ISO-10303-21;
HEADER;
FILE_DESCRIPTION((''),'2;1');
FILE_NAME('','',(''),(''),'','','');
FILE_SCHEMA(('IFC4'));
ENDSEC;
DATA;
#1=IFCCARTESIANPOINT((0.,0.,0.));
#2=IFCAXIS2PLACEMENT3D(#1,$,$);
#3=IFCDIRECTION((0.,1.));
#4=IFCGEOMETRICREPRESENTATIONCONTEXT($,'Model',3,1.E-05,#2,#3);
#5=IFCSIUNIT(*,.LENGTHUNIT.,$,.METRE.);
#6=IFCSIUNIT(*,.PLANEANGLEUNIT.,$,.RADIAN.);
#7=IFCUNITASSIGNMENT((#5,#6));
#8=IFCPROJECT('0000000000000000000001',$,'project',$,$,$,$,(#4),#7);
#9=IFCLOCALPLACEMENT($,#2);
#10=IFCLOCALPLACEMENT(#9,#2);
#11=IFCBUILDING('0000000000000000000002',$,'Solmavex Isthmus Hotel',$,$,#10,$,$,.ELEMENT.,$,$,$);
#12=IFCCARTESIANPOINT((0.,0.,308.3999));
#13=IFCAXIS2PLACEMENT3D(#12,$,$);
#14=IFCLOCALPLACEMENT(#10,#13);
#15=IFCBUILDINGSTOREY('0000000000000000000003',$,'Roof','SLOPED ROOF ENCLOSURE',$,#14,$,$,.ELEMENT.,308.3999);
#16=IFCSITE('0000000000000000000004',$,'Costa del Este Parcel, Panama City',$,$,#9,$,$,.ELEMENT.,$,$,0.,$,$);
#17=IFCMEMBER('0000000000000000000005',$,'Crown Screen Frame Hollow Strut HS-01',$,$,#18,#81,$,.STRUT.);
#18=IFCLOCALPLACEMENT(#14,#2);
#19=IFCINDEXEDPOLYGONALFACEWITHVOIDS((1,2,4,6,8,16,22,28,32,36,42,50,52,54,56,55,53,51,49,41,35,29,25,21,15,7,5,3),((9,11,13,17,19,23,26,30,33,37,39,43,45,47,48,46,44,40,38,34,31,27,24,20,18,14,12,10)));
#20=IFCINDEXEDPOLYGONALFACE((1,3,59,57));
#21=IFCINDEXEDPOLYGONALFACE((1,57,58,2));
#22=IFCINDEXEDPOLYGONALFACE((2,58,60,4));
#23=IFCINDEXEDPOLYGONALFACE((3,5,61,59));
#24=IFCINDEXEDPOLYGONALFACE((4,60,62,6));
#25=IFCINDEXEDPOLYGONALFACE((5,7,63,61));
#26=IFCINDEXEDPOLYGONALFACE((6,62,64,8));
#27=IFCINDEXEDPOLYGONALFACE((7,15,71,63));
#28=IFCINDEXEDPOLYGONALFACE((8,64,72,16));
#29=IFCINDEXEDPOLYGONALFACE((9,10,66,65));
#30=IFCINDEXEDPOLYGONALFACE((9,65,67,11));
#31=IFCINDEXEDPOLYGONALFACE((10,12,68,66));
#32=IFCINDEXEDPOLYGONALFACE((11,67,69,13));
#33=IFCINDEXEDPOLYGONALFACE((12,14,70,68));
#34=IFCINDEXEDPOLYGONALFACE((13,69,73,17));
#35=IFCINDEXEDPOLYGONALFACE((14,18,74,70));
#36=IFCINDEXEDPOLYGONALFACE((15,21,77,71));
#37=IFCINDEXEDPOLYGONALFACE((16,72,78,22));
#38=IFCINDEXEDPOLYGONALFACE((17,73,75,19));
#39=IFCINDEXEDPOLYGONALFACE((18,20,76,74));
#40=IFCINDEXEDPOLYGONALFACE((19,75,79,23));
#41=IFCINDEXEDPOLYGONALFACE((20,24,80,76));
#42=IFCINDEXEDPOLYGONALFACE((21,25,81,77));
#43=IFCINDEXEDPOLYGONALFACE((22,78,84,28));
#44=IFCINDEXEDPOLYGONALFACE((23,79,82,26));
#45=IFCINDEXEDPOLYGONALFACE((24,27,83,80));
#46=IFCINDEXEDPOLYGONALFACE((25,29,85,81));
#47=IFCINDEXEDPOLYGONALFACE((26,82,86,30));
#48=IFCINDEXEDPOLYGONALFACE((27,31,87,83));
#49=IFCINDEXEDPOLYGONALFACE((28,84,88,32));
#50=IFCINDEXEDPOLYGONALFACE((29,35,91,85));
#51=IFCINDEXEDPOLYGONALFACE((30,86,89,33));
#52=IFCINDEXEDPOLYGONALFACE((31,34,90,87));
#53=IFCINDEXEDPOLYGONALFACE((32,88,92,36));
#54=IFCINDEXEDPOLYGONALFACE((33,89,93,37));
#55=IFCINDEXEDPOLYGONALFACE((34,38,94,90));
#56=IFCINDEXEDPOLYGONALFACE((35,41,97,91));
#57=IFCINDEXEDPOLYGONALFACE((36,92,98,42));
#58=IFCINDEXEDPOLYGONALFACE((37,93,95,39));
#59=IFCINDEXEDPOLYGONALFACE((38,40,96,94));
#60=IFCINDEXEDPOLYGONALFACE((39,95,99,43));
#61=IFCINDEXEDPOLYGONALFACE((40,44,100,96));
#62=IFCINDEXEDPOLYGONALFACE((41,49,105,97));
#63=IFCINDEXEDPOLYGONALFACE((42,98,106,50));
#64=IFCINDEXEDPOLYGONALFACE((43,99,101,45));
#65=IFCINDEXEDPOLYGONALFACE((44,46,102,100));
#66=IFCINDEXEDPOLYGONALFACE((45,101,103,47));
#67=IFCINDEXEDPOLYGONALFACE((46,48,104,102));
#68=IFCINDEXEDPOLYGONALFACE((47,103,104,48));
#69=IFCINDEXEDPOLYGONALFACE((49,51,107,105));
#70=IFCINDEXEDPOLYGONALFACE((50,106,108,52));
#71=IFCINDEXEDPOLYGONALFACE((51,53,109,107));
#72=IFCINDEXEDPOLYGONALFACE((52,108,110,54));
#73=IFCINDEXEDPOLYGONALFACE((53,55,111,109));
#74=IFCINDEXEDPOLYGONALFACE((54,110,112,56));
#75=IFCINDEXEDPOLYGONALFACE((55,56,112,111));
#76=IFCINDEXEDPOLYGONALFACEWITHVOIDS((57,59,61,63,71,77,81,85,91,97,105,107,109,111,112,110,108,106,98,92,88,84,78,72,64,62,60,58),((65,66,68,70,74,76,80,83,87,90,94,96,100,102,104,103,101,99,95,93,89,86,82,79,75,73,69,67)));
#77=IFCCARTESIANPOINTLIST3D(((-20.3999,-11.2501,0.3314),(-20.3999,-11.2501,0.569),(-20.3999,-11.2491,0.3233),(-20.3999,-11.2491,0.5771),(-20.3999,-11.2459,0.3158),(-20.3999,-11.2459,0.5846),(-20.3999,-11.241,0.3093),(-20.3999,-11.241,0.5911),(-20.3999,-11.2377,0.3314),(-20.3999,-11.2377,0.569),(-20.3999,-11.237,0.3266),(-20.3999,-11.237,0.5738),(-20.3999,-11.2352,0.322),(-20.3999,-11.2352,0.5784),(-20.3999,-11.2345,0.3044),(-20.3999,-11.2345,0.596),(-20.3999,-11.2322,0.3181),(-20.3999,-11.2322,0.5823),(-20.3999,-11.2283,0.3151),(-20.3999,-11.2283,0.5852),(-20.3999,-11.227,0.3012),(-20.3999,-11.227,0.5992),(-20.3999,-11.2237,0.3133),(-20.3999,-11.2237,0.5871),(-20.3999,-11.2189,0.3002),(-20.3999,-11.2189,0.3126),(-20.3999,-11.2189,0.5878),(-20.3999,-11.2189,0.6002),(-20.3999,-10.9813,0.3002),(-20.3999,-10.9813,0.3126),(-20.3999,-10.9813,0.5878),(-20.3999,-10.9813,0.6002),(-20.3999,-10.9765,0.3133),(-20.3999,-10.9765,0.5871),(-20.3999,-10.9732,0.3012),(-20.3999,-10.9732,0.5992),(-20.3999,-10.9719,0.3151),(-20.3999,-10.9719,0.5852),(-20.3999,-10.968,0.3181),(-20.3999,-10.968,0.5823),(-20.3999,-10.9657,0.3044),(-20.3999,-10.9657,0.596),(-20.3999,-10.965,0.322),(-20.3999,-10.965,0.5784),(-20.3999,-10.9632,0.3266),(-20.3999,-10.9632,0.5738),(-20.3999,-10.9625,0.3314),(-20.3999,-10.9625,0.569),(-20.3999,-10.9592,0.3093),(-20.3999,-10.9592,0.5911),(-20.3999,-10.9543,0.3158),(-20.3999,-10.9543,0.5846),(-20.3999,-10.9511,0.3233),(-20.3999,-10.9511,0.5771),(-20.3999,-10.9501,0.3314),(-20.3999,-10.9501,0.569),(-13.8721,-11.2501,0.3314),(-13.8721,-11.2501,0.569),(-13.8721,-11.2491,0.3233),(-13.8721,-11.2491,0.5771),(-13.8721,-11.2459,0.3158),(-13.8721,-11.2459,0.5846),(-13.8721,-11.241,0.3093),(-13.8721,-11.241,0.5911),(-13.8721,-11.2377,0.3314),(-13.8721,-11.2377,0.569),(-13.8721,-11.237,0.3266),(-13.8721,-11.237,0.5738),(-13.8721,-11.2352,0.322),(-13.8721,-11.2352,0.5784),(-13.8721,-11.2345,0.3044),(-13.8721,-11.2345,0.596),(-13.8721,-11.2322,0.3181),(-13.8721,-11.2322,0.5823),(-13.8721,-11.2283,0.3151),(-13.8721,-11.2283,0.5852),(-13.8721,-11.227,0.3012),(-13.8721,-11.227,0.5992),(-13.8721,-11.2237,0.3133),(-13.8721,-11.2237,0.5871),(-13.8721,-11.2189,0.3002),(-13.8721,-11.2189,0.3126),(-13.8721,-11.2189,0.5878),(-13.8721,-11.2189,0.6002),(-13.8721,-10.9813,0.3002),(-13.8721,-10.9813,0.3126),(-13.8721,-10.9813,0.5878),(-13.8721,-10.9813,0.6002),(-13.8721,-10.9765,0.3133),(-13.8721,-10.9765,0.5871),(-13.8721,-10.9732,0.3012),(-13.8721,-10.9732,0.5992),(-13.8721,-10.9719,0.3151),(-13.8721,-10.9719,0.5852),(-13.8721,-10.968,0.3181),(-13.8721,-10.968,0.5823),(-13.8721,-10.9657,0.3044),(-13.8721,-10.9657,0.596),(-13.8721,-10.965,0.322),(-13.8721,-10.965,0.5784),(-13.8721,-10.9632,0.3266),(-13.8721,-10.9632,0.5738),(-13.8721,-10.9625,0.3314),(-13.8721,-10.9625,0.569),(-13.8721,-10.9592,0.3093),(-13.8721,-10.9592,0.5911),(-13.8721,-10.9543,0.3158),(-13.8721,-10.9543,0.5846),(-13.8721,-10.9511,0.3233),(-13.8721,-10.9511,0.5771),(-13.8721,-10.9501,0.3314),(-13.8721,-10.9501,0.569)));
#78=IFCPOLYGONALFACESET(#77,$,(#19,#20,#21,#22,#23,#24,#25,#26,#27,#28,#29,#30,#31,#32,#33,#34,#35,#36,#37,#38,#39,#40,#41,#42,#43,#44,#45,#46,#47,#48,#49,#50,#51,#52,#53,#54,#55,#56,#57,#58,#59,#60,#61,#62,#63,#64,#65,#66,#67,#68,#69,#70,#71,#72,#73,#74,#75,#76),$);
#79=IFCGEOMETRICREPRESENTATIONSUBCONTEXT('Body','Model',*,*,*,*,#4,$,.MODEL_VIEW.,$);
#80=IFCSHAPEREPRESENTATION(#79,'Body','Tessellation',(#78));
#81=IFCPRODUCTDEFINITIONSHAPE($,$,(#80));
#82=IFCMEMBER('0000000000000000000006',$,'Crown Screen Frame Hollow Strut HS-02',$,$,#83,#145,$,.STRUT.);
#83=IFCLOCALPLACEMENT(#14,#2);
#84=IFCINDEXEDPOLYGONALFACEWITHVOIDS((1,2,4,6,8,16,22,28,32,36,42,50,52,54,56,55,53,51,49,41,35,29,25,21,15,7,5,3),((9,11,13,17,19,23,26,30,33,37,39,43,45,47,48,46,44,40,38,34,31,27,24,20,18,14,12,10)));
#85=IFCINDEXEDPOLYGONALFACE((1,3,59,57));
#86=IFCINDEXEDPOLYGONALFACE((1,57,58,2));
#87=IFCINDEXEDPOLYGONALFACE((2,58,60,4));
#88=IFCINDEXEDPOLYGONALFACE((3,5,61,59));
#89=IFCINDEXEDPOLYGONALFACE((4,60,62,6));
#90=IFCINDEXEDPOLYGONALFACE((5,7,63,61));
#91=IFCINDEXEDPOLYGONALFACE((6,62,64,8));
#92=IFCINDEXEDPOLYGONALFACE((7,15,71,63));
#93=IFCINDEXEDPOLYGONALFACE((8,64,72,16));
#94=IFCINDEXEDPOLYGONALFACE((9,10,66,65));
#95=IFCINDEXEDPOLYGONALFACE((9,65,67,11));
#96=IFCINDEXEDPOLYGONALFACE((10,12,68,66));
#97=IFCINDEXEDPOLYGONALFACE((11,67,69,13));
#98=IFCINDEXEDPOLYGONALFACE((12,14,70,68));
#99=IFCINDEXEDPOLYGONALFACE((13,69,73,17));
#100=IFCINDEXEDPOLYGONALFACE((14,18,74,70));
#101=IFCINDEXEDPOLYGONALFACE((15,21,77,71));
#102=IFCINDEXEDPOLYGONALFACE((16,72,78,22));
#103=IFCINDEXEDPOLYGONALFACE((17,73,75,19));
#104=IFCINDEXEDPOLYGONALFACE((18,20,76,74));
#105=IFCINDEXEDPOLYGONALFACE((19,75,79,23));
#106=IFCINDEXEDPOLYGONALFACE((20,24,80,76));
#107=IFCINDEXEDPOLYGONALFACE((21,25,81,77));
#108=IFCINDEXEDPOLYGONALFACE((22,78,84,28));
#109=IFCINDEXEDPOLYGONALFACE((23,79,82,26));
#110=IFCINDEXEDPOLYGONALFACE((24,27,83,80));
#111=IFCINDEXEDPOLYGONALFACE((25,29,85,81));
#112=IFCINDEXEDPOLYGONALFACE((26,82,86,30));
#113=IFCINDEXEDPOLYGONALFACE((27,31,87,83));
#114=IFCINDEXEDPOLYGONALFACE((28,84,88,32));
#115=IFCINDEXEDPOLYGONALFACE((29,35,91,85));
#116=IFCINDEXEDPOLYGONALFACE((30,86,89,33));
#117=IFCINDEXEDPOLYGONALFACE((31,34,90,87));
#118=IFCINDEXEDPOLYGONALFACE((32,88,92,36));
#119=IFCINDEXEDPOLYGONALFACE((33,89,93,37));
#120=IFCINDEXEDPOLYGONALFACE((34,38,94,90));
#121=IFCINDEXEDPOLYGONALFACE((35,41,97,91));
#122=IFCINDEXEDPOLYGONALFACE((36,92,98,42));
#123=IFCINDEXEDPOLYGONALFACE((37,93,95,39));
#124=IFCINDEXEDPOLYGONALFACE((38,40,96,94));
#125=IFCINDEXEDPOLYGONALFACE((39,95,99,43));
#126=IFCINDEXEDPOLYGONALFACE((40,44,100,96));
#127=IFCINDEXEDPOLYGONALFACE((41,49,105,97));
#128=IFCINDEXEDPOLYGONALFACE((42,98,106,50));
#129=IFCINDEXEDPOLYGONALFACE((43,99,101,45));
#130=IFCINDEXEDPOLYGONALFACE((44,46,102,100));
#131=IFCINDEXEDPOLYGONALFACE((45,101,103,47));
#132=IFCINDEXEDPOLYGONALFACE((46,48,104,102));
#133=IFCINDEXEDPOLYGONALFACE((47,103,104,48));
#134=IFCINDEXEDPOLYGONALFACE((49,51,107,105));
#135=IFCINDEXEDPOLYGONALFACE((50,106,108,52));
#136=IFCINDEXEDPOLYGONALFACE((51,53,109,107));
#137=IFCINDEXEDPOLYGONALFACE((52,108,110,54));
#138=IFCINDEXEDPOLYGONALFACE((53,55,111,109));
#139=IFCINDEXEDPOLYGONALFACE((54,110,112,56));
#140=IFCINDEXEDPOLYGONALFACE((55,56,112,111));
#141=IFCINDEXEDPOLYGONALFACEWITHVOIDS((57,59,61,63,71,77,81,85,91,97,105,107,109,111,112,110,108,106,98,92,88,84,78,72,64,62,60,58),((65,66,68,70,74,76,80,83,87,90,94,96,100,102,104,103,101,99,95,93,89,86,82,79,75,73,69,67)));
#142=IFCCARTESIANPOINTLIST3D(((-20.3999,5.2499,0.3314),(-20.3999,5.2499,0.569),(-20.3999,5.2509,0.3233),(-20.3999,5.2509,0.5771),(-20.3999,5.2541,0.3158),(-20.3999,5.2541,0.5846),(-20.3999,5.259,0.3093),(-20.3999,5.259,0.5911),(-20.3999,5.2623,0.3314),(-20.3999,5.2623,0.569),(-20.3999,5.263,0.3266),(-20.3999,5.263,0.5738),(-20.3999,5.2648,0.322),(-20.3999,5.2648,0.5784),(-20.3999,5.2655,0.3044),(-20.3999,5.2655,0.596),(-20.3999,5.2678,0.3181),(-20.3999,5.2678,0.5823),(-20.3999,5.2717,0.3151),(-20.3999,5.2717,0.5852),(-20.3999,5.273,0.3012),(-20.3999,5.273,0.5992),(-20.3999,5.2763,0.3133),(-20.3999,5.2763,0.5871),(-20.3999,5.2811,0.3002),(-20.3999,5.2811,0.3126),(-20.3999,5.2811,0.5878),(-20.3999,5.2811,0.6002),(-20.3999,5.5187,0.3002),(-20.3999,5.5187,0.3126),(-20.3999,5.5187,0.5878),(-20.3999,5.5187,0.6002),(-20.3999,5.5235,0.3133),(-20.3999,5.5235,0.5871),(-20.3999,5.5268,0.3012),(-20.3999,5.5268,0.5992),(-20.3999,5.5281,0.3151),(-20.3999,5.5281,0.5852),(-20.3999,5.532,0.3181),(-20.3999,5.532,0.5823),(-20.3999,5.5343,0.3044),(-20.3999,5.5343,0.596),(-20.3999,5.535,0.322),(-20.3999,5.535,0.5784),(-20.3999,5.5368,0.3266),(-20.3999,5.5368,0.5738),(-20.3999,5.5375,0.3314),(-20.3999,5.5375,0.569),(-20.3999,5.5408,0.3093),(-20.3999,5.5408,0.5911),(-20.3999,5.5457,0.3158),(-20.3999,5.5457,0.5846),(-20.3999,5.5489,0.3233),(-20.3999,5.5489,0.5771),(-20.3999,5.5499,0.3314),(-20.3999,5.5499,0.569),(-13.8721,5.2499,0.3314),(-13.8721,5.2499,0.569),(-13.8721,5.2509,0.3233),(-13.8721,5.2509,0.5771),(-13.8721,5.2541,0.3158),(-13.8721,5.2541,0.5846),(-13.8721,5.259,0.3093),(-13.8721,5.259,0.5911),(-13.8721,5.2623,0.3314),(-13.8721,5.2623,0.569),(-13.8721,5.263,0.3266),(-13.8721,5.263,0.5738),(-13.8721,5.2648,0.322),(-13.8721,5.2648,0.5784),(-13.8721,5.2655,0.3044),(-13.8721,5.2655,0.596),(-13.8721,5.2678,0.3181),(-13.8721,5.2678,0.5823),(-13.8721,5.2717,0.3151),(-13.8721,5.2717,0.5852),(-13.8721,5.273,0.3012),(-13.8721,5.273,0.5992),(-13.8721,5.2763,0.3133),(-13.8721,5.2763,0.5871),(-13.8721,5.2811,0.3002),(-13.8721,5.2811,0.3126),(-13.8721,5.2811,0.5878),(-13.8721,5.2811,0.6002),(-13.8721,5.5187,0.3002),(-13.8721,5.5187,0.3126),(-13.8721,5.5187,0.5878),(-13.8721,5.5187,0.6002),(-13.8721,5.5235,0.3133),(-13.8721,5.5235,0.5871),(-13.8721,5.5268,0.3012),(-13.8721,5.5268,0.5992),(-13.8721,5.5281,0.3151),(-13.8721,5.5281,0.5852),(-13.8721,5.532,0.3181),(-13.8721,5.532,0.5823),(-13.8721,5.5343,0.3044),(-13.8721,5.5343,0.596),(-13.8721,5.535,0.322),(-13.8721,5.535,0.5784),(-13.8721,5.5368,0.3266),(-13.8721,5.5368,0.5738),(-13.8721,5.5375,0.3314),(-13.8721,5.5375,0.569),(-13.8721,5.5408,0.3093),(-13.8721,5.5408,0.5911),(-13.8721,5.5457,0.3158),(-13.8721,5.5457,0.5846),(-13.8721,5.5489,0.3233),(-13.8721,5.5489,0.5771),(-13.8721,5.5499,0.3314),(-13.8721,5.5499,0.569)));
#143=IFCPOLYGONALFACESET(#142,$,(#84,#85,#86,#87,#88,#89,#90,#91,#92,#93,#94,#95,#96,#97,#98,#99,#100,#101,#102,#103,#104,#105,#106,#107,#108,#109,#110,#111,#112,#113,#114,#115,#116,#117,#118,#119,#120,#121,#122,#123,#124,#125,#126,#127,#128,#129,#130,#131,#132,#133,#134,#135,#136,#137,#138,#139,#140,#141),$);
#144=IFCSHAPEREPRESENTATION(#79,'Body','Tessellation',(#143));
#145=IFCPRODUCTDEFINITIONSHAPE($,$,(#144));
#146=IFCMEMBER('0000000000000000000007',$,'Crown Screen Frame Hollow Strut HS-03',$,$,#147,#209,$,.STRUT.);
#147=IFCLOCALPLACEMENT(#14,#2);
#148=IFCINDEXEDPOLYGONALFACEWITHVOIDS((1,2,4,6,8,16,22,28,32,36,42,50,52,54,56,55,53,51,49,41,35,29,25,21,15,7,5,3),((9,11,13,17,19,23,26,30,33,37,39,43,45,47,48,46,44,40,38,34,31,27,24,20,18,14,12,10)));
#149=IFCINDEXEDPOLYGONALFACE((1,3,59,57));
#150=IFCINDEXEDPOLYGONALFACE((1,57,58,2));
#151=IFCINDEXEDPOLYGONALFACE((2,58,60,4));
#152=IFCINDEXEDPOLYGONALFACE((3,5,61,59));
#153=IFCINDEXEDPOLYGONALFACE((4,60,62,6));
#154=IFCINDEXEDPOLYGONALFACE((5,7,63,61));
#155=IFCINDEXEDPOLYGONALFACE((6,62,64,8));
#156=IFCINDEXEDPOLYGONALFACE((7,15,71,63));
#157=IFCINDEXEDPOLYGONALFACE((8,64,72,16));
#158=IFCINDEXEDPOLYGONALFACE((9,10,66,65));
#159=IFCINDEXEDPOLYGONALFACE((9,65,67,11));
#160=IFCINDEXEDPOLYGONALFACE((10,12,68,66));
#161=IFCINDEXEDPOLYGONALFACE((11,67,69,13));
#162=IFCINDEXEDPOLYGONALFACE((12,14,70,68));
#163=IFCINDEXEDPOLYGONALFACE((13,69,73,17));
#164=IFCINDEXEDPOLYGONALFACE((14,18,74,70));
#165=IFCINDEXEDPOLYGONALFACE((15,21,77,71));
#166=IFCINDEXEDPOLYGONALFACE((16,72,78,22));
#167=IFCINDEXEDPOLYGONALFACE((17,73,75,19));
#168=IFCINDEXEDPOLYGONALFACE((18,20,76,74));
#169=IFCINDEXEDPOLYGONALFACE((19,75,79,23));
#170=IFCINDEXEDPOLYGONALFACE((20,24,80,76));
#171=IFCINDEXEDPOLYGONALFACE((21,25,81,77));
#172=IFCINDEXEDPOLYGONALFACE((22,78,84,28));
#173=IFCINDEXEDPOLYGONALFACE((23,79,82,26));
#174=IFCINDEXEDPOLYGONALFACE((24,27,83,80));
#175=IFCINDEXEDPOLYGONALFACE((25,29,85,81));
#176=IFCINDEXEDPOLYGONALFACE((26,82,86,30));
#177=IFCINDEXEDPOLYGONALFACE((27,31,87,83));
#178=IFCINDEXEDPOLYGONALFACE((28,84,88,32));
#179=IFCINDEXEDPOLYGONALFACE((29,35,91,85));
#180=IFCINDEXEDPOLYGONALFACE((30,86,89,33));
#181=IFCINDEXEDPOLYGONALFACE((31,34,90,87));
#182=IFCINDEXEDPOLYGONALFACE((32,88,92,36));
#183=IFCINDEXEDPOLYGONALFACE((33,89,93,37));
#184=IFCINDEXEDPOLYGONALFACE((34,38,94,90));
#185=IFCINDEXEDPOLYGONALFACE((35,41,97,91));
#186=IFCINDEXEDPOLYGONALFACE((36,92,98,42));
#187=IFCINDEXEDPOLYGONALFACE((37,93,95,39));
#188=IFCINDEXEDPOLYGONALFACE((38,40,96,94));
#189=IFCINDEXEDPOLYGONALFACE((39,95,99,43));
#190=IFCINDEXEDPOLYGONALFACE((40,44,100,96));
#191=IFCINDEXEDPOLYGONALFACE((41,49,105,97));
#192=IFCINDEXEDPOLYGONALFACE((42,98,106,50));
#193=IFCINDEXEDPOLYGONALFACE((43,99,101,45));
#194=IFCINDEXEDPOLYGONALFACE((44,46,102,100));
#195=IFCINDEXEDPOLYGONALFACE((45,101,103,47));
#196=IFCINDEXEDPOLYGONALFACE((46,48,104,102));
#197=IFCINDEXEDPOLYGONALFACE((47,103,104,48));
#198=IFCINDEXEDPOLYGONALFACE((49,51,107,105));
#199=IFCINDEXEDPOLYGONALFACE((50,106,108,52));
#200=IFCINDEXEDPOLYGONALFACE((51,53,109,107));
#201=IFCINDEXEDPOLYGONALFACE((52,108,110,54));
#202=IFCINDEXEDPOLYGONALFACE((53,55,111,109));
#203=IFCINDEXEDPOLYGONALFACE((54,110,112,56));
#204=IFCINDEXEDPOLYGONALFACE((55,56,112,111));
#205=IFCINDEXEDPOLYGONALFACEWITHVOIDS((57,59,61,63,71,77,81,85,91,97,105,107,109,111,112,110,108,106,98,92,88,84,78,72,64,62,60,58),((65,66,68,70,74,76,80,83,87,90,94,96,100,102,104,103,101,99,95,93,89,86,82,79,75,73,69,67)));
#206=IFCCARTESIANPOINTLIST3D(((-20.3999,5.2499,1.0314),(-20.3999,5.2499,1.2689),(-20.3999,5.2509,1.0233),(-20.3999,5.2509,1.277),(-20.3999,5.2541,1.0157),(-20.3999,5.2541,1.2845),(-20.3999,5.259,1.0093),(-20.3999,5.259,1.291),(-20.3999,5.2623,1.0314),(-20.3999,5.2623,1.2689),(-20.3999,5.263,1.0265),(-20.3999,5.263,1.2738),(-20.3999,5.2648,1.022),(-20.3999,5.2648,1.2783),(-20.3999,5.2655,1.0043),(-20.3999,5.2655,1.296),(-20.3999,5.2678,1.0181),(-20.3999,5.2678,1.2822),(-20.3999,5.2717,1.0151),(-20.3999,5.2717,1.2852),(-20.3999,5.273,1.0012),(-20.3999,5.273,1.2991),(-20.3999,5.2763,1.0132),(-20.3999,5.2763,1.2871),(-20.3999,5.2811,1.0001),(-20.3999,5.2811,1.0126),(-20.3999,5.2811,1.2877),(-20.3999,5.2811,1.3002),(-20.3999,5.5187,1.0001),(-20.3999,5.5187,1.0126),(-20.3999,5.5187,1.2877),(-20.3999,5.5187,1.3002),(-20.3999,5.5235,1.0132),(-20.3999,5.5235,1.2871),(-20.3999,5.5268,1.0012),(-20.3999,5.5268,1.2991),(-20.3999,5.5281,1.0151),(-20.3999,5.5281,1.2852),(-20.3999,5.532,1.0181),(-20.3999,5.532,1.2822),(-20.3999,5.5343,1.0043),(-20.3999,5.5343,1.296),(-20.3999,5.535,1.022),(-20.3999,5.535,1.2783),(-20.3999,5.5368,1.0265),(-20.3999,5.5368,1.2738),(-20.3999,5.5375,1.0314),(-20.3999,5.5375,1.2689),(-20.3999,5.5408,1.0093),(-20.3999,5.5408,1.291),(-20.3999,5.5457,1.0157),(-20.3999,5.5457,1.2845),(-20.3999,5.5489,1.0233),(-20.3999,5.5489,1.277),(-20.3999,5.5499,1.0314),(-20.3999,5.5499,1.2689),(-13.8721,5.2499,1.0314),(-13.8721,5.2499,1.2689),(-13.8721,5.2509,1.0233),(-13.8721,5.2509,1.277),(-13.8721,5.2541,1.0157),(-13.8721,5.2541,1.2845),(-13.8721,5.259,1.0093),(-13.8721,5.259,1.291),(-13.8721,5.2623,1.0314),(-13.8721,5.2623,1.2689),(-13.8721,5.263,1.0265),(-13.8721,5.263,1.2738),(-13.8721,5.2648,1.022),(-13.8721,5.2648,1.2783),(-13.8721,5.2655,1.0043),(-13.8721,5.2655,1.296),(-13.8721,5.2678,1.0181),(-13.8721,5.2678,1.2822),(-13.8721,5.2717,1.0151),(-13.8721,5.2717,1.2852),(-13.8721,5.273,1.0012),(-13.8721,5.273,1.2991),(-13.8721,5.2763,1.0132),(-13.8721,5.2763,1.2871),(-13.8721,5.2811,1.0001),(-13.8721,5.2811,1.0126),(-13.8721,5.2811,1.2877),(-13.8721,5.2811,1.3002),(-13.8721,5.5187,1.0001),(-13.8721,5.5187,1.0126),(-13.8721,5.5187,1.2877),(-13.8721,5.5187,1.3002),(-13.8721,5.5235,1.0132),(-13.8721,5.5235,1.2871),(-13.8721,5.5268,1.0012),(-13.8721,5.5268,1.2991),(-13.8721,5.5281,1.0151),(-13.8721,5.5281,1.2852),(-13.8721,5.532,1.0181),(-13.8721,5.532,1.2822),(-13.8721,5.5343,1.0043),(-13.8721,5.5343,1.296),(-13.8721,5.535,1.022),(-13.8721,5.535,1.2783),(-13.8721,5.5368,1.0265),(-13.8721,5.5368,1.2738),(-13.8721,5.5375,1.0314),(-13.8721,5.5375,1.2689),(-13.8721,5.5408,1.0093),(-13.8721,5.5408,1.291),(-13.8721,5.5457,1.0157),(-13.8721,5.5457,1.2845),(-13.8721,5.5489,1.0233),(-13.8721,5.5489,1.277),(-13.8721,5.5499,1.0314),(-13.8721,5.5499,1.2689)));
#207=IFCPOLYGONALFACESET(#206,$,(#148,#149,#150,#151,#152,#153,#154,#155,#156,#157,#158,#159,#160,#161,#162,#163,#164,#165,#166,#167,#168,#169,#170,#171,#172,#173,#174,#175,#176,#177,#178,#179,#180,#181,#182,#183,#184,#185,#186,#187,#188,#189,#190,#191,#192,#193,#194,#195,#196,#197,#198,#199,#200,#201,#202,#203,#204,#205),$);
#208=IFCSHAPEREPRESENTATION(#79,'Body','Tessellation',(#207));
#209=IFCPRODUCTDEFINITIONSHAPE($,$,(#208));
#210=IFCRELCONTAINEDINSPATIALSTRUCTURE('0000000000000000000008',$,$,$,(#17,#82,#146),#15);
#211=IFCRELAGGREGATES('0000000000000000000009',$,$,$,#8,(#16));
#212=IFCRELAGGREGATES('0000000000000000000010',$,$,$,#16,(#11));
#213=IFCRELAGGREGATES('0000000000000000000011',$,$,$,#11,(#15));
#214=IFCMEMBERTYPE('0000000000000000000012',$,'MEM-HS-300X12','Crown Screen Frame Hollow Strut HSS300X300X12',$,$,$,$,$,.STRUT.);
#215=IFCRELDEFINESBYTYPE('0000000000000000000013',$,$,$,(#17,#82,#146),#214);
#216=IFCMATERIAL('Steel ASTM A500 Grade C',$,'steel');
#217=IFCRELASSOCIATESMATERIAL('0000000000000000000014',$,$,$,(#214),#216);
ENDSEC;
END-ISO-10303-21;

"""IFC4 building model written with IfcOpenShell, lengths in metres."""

from ifc_helpers import new_model, si_unit, direction, frame, origin, origin_2d, place, context, subcontext, project, spatial, hollow_rectangle, extrude, material, material_profile, profile_set, type_object, element, save


model = new_model("IFC4")

# Units and contexts
model_context = context("Model", 3, precision=1e-05, world=origin(), true_north=direction((0.0, 1.0)))
body_context = subcontext(model_context, "Body", "Model", "MODEL_VIEW")
ifc_project = project(units=[si_unit("LENGTHUNIT", "METRE"), si_unit("PLANEANGLEUNIT", "RADIAN")], contexts=[model_context])

# Site, building, storey
site_placement = place(None, origin())
site = spatial("IfcSite", under=ifc_project, at=site_placement, Name="Costa del Este Parcel, Panama City", CompositionType="ELEMENT", RefElevation=0.0)
building_placement = place(site_placement, origin())
building = spatial("IfcBuilding", under=site, at=building_placement, Name="Solmavex Isthmus Hotel", CompositionType="ELEMENT")
storey_placement = place(building_placement, frame((0.0, 0.0, 308.3999)))
storey = spatial("IfcBuildingStorey", under=building, at=storey_placement, Name="Roof", Description="SLOPED ROOF ENCLOSURE", CompositionType="ELEMENT", Elevation=308.3999)

# Members
ifc_material_1 = material(Name="Steel ASTM A500 Grade C", Category="steel")
ifc_material_profile_1 = material_profile(ifc_material_1, hollow_rectangle(XDim=0.3, YDim=0.3, WallThickness=0.0125, InnerFilletRadius=0.0188, OuterFilletRadius=0.0312, at=origin_2d()), Name="HSS300X300X12")
ifc_profile_set_1 = profile_set([ifc_material_profile_1], Name="Steel ASTM A500 Grade C")
member_type = type_object("IfcMemberType", Name="MEM-HS-300X12", Description="Crown Screen Frame Hollow Strut HSS300X300X12", PredefinedType="STRUT", material=ifc_profile_set_1)
for number, where, z_axis, x_axis, name in (
    (1, (-20.3999, -11.1001, 0.4502), (1.0, 0.0, 0.0), (0.0, 1.0, 0.0), "Crown Screen Frame Hollow Strut HS-01"),
    (2, (-20.3999, 5.3999, 0.4502), (1.0, 0.0, 0.0), (0.0, 1.0, 0.0), "Crown Screen Frame Hollow Strut HS-02"),
    (3, (-20.3999, 5.3999, 1.1501), (1.0, 0.0, 0.0), (0.0, 1.0, 0.0), "Crown Screen Frame Hollow Strut HS-03"),
):
    element("IfcMember", number, at=place(storey_placement, frame(where, z_axis=z_axis, x_axis=x_axis)), inside=storey, type_object=member_type, Name=name, PredefinedType="STRUT", context=body_context, shape_type="SweptSolid", body=[
        extrude(hollow_rectangle(XDim=0.3, YDim=0.3, WallThickness=0.0125, InnerFilletRadius=0.0188, OuterFilletRadius=0.0312, at=origin_2d()), origin(), (0.0, 0.0, 1.0), 6.5278),
    ])

save(model, "model.ifc")
